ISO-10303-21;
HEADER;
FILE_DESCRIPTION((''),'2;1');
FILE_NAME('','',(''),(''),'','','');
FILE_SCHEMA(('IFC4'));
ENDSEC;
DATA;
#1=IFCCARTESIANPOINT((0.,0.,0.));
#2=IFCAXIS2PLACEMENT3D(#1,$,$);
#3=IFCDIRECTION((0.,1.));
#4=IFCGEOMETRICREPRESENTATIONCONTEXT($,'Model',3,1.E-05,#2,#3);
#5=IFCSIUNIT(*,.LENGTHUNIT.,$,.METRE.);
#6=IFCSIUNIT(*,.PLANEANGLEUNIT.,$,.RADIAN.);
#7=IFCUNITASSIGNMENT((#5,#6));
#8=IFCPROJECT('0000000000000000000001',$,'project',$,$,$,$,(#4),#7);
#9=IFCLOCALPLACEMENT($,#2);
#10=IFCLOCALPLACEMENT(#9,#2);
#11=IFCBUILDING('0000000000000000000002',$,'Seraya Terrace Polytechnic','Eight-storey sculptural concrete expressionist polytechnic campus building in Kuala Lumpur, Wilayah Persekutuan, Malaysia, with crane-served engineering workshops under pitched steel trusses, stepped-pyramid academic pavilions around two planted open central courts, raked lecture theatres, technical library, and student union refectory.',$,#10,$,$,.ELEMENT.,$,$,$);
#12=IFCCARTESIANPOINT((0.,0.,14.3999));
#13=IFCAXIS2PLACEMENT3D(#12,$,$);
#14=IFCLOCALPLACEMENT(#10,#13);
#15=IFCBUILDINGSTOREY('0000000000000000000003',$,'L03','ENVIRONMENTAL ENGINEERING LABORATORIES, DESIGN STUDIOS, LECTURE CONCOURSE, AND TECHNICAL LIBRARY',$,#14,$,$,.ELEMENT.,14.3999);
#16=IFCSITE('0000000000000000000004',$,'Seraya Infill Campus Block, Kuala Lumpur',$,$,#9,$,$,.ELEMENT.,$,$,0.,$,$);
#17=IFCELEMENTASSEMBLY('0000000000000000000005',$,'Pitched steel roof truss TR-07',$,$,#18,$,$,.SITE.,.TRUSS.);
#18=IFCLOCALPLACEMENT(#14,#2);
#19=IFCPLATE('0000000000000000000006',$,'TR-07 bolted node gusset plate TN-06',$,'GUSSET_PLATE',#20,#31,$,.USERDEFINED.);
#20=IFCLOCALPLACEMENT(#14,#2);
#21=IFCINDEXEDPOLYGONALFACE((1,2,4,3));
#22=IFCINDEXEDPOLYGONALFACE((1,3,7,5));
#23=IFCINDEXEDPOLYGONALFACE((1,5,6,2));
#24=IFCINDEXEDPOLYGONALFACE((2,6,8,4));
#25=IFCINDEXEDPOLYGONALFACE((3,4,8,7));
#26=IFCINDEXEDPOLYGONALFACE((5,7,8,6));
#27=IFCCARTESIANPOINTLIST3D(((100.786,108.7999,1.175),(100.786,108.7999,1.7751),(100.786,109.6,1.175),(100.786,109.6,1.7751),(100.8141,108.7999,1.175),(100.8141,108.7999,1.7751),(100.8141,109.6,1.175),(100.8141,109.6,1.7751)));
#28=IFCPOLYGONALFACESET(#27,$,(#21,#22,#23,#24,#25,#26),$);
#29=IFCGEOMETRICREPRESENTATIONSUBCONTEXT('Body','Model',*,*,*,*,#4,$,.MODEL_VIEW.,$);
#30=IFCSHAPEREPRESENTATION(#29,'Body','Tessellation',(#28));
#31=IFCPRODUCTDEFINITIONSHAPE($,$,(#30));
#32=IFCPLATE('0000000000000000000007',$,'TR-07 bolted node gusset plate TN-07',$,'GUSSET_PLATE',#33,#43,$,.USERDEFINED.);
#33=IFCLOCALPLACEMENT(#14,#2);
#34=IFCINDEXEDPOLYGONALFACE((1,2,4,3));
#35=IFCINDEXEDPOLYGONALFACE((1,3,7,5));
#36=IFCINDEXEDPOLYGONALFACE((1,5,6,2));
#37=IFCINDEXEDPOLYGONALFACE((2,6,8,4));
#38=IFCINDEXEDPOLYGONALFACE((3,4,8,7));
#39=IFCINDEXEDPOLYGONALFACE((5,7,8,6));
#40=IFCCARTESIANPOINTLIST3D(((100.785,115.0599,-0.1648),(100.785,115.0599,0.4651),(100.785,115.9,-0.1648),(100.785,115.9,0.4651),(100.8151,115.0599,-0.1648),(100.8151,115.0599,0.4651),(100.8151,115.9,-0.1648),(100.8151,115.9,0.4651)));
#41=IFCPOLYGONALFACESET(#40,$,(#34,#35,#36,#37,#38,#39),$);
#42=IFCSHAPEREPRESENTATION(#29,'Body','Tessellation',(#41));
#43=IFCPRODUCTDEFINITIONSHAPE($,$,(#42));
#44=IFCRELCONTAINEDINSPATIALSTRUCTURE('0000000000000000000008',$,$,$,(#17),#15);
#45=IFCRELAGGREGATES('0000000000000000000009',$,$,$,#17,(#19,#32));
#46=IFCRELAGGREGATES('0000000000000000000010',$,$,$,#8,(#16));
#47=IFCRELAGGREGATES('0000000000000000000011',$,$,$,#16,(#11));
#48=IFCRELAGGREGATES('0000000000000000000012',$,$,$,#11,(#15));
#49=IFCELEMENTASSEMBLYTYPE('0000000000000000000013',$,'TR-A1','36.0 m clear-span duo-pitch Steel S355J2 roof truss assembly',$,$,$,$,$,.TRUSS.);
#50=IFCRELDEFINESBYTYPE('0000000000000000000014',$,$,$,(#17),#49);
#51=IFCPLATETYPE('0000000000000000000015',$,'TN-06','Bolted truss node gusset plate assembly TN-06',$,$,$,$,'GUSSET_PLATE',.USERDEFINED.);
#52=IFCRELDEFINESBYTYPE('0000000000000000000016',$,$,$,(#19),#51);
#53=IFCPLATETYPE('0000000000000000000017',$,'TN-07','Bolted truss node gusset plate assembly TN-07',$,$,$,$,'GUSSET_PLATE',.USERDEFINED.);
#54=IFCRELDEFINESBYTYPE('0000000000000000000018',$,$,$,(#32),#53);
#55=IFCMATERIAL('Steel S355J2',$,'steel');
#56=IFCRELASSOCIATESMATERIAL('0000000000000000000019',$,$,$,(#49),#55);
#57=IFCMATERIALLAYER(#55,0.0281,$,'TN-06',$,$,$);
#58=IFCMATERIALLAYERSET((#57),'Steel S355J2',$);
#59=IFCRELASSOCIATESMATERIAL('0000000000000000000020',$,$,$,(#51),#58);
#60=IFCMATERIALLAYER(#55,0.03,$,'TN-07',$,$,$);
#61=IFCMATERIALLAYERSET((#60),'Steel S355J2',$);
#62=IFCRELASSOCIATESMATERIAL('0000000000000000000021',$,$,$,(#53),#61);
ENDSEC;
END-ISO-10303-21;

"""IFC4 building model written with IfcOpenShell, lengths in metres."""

from ifc_helpers import new_model, si_unit, direction, frame, origin, origin_2d, place, context, subcontext, project, spatial, rectangle, extrude, material, layer, layer_set, type_object, element, aggregate, save


model = new_model("IFC4")

# Units and contexts
model_context = context("Model", 3, precision=1e-05, world=origin(), true_north=direction((0.0, 1.0)))
body_context = subcontext(model_context, "Body", "Model", "MODEL_VIEW")
ifc_project = project(units=[si_unit("LENGTHUNIT", "METRE"), si_unit("PLANEANGLEUNIT", "RADIAN")], contexts=[model_context])

# Site, building, storey
site_placement = place(None, origin())
site = spatial("IfcSite", under=ifc_project, at=site_placement, Name="Seraya Infill Campus Block, Kuala Lumpur", CompositionType="ELEMENT", RefElevation=0.0)
building_placement = place(site_placement, origin())
building = spatial("IfcBuilding", under=site, at=building_placement, Name="Seraya Terrace Polytechnic", Description="Eight-storey sculptural concrete expressionist polytechnic campus building in Kuala Lumpur, Wilayah Persekutuan, Malaysia, with crane-served engineering workshops under pitched steel trusses, stepped-pyramid academic pavilions around two planted open central courts, raked lecture theatres, technical library, and student union refectory.", CompositionType="ELEMENT")
storey_placement = place(building_placement, frame((0.0, 0.0, 14.3999)))
storey = spatial("IfcBuildingStorey", under=building, at=storey_placement, Name="L03", Description="ENVIRONMENTAL ENGINEERING LABORATORIES, DESIGN STUDIOS, LECTURE CONCOURSE, AND TECHNICAL LIBRARY", CompositionType="ELEMENT", Elevation=14.3999)

# Element assembly
ifc_material_1 = material(Name="Steel S355J2", Category="steel")
element_assembly_type = type_object("IfcElementAssemblyType", Name="TR-A1", Description="36.0 m clear-span duo-pitch Steel S355J2 roof truss assembly", PredefinedType="TRUSS", material=ifc_material_1)
assembly_placement = place(storey_placement, origin())
assembly = element("IfcElementAssembly", 1, at=assembly_placement, inside=storey, type_object=element_assembly_type, Name="Pitched steel roof truss TR-07", AssemblyPlace="SITE", PredefinedType="TRUSS")

# Plates
ifc_layer_1 = layer(ifc_material_1, 0.0281, Name="TN-06")
ifc_layer_set_1 = layer_set([ifc_layer_1], Name="Steel S355J2")
plate_type_1 = type_object("IfcPlateType", Name="TN-06", Description="Bolted truss node gusset plate assembly TN-06", ElementType="GUSSET_PLATE", PredefinedType="USERDEFINED", material=ifc_layer_set_1)
plate_1_placement = place(storey_placement, frame((100.8, 109.2, 1.175), z_axis=(0.0, 0.0, 1.0), x_axis=(0.0, 1.0, 0.0)))
plate_1 = element("IfcPlate", 2, at=plate_1_placement, type_object=plate_type_1, Name="TR-07 bolted node gusset plate TN-06", ObjectType="GUSSET_PLATE", PredefinedType="USERDEFINED", context=body_context, shape_type="SweptSolid", body=[
    extrude(rectangle(XDim=0.8, YDim=0.0281, at=origin_2d()), origin(), (0.0, 0.0, 1.0), 0.6001),
])
ifc_layer_2 = layer(ifc_material_1, 0.03, Name="TN-07")
ifc_layer_set_2 = layer_set([ifc_layer_2], Name="Steel S355J2")
plate_type_2 = type_object("IfcPlateType", Name="TN-07", Description="Bolted truss node gusset plate assembly TN-07", ElementType="GUSSET_PLATE", PredefinedType="USERDEFINED", material=ifc_layer_set_2)
plate_2_placement = place(storey_placement, frame((100.8, 115.48, -0.1648), z_axis=(0.0, 0.0, 1.0), x_axis=(0.0, 1.0, 0.0)))
plate_2 = element("IfcPlate", 3, at=plate_2_placement, type_object=plate_type_2, Name="TR-07 bolted node gusset plate TN-07", ObjectType="GUSSET_PLATE", PredefinedType="USERDEFINED", context=body_context, shape_type="SweptSolid", body=[
    extrude(rectangle(XDim=0.8401, YDim=0.03, at=origin_2d()), origin(), (0.0, 0.0, 1.0), 0.6299),
])
aggregate(assembly, [plate_1, plate_2])

save(model, "model.ifc")
